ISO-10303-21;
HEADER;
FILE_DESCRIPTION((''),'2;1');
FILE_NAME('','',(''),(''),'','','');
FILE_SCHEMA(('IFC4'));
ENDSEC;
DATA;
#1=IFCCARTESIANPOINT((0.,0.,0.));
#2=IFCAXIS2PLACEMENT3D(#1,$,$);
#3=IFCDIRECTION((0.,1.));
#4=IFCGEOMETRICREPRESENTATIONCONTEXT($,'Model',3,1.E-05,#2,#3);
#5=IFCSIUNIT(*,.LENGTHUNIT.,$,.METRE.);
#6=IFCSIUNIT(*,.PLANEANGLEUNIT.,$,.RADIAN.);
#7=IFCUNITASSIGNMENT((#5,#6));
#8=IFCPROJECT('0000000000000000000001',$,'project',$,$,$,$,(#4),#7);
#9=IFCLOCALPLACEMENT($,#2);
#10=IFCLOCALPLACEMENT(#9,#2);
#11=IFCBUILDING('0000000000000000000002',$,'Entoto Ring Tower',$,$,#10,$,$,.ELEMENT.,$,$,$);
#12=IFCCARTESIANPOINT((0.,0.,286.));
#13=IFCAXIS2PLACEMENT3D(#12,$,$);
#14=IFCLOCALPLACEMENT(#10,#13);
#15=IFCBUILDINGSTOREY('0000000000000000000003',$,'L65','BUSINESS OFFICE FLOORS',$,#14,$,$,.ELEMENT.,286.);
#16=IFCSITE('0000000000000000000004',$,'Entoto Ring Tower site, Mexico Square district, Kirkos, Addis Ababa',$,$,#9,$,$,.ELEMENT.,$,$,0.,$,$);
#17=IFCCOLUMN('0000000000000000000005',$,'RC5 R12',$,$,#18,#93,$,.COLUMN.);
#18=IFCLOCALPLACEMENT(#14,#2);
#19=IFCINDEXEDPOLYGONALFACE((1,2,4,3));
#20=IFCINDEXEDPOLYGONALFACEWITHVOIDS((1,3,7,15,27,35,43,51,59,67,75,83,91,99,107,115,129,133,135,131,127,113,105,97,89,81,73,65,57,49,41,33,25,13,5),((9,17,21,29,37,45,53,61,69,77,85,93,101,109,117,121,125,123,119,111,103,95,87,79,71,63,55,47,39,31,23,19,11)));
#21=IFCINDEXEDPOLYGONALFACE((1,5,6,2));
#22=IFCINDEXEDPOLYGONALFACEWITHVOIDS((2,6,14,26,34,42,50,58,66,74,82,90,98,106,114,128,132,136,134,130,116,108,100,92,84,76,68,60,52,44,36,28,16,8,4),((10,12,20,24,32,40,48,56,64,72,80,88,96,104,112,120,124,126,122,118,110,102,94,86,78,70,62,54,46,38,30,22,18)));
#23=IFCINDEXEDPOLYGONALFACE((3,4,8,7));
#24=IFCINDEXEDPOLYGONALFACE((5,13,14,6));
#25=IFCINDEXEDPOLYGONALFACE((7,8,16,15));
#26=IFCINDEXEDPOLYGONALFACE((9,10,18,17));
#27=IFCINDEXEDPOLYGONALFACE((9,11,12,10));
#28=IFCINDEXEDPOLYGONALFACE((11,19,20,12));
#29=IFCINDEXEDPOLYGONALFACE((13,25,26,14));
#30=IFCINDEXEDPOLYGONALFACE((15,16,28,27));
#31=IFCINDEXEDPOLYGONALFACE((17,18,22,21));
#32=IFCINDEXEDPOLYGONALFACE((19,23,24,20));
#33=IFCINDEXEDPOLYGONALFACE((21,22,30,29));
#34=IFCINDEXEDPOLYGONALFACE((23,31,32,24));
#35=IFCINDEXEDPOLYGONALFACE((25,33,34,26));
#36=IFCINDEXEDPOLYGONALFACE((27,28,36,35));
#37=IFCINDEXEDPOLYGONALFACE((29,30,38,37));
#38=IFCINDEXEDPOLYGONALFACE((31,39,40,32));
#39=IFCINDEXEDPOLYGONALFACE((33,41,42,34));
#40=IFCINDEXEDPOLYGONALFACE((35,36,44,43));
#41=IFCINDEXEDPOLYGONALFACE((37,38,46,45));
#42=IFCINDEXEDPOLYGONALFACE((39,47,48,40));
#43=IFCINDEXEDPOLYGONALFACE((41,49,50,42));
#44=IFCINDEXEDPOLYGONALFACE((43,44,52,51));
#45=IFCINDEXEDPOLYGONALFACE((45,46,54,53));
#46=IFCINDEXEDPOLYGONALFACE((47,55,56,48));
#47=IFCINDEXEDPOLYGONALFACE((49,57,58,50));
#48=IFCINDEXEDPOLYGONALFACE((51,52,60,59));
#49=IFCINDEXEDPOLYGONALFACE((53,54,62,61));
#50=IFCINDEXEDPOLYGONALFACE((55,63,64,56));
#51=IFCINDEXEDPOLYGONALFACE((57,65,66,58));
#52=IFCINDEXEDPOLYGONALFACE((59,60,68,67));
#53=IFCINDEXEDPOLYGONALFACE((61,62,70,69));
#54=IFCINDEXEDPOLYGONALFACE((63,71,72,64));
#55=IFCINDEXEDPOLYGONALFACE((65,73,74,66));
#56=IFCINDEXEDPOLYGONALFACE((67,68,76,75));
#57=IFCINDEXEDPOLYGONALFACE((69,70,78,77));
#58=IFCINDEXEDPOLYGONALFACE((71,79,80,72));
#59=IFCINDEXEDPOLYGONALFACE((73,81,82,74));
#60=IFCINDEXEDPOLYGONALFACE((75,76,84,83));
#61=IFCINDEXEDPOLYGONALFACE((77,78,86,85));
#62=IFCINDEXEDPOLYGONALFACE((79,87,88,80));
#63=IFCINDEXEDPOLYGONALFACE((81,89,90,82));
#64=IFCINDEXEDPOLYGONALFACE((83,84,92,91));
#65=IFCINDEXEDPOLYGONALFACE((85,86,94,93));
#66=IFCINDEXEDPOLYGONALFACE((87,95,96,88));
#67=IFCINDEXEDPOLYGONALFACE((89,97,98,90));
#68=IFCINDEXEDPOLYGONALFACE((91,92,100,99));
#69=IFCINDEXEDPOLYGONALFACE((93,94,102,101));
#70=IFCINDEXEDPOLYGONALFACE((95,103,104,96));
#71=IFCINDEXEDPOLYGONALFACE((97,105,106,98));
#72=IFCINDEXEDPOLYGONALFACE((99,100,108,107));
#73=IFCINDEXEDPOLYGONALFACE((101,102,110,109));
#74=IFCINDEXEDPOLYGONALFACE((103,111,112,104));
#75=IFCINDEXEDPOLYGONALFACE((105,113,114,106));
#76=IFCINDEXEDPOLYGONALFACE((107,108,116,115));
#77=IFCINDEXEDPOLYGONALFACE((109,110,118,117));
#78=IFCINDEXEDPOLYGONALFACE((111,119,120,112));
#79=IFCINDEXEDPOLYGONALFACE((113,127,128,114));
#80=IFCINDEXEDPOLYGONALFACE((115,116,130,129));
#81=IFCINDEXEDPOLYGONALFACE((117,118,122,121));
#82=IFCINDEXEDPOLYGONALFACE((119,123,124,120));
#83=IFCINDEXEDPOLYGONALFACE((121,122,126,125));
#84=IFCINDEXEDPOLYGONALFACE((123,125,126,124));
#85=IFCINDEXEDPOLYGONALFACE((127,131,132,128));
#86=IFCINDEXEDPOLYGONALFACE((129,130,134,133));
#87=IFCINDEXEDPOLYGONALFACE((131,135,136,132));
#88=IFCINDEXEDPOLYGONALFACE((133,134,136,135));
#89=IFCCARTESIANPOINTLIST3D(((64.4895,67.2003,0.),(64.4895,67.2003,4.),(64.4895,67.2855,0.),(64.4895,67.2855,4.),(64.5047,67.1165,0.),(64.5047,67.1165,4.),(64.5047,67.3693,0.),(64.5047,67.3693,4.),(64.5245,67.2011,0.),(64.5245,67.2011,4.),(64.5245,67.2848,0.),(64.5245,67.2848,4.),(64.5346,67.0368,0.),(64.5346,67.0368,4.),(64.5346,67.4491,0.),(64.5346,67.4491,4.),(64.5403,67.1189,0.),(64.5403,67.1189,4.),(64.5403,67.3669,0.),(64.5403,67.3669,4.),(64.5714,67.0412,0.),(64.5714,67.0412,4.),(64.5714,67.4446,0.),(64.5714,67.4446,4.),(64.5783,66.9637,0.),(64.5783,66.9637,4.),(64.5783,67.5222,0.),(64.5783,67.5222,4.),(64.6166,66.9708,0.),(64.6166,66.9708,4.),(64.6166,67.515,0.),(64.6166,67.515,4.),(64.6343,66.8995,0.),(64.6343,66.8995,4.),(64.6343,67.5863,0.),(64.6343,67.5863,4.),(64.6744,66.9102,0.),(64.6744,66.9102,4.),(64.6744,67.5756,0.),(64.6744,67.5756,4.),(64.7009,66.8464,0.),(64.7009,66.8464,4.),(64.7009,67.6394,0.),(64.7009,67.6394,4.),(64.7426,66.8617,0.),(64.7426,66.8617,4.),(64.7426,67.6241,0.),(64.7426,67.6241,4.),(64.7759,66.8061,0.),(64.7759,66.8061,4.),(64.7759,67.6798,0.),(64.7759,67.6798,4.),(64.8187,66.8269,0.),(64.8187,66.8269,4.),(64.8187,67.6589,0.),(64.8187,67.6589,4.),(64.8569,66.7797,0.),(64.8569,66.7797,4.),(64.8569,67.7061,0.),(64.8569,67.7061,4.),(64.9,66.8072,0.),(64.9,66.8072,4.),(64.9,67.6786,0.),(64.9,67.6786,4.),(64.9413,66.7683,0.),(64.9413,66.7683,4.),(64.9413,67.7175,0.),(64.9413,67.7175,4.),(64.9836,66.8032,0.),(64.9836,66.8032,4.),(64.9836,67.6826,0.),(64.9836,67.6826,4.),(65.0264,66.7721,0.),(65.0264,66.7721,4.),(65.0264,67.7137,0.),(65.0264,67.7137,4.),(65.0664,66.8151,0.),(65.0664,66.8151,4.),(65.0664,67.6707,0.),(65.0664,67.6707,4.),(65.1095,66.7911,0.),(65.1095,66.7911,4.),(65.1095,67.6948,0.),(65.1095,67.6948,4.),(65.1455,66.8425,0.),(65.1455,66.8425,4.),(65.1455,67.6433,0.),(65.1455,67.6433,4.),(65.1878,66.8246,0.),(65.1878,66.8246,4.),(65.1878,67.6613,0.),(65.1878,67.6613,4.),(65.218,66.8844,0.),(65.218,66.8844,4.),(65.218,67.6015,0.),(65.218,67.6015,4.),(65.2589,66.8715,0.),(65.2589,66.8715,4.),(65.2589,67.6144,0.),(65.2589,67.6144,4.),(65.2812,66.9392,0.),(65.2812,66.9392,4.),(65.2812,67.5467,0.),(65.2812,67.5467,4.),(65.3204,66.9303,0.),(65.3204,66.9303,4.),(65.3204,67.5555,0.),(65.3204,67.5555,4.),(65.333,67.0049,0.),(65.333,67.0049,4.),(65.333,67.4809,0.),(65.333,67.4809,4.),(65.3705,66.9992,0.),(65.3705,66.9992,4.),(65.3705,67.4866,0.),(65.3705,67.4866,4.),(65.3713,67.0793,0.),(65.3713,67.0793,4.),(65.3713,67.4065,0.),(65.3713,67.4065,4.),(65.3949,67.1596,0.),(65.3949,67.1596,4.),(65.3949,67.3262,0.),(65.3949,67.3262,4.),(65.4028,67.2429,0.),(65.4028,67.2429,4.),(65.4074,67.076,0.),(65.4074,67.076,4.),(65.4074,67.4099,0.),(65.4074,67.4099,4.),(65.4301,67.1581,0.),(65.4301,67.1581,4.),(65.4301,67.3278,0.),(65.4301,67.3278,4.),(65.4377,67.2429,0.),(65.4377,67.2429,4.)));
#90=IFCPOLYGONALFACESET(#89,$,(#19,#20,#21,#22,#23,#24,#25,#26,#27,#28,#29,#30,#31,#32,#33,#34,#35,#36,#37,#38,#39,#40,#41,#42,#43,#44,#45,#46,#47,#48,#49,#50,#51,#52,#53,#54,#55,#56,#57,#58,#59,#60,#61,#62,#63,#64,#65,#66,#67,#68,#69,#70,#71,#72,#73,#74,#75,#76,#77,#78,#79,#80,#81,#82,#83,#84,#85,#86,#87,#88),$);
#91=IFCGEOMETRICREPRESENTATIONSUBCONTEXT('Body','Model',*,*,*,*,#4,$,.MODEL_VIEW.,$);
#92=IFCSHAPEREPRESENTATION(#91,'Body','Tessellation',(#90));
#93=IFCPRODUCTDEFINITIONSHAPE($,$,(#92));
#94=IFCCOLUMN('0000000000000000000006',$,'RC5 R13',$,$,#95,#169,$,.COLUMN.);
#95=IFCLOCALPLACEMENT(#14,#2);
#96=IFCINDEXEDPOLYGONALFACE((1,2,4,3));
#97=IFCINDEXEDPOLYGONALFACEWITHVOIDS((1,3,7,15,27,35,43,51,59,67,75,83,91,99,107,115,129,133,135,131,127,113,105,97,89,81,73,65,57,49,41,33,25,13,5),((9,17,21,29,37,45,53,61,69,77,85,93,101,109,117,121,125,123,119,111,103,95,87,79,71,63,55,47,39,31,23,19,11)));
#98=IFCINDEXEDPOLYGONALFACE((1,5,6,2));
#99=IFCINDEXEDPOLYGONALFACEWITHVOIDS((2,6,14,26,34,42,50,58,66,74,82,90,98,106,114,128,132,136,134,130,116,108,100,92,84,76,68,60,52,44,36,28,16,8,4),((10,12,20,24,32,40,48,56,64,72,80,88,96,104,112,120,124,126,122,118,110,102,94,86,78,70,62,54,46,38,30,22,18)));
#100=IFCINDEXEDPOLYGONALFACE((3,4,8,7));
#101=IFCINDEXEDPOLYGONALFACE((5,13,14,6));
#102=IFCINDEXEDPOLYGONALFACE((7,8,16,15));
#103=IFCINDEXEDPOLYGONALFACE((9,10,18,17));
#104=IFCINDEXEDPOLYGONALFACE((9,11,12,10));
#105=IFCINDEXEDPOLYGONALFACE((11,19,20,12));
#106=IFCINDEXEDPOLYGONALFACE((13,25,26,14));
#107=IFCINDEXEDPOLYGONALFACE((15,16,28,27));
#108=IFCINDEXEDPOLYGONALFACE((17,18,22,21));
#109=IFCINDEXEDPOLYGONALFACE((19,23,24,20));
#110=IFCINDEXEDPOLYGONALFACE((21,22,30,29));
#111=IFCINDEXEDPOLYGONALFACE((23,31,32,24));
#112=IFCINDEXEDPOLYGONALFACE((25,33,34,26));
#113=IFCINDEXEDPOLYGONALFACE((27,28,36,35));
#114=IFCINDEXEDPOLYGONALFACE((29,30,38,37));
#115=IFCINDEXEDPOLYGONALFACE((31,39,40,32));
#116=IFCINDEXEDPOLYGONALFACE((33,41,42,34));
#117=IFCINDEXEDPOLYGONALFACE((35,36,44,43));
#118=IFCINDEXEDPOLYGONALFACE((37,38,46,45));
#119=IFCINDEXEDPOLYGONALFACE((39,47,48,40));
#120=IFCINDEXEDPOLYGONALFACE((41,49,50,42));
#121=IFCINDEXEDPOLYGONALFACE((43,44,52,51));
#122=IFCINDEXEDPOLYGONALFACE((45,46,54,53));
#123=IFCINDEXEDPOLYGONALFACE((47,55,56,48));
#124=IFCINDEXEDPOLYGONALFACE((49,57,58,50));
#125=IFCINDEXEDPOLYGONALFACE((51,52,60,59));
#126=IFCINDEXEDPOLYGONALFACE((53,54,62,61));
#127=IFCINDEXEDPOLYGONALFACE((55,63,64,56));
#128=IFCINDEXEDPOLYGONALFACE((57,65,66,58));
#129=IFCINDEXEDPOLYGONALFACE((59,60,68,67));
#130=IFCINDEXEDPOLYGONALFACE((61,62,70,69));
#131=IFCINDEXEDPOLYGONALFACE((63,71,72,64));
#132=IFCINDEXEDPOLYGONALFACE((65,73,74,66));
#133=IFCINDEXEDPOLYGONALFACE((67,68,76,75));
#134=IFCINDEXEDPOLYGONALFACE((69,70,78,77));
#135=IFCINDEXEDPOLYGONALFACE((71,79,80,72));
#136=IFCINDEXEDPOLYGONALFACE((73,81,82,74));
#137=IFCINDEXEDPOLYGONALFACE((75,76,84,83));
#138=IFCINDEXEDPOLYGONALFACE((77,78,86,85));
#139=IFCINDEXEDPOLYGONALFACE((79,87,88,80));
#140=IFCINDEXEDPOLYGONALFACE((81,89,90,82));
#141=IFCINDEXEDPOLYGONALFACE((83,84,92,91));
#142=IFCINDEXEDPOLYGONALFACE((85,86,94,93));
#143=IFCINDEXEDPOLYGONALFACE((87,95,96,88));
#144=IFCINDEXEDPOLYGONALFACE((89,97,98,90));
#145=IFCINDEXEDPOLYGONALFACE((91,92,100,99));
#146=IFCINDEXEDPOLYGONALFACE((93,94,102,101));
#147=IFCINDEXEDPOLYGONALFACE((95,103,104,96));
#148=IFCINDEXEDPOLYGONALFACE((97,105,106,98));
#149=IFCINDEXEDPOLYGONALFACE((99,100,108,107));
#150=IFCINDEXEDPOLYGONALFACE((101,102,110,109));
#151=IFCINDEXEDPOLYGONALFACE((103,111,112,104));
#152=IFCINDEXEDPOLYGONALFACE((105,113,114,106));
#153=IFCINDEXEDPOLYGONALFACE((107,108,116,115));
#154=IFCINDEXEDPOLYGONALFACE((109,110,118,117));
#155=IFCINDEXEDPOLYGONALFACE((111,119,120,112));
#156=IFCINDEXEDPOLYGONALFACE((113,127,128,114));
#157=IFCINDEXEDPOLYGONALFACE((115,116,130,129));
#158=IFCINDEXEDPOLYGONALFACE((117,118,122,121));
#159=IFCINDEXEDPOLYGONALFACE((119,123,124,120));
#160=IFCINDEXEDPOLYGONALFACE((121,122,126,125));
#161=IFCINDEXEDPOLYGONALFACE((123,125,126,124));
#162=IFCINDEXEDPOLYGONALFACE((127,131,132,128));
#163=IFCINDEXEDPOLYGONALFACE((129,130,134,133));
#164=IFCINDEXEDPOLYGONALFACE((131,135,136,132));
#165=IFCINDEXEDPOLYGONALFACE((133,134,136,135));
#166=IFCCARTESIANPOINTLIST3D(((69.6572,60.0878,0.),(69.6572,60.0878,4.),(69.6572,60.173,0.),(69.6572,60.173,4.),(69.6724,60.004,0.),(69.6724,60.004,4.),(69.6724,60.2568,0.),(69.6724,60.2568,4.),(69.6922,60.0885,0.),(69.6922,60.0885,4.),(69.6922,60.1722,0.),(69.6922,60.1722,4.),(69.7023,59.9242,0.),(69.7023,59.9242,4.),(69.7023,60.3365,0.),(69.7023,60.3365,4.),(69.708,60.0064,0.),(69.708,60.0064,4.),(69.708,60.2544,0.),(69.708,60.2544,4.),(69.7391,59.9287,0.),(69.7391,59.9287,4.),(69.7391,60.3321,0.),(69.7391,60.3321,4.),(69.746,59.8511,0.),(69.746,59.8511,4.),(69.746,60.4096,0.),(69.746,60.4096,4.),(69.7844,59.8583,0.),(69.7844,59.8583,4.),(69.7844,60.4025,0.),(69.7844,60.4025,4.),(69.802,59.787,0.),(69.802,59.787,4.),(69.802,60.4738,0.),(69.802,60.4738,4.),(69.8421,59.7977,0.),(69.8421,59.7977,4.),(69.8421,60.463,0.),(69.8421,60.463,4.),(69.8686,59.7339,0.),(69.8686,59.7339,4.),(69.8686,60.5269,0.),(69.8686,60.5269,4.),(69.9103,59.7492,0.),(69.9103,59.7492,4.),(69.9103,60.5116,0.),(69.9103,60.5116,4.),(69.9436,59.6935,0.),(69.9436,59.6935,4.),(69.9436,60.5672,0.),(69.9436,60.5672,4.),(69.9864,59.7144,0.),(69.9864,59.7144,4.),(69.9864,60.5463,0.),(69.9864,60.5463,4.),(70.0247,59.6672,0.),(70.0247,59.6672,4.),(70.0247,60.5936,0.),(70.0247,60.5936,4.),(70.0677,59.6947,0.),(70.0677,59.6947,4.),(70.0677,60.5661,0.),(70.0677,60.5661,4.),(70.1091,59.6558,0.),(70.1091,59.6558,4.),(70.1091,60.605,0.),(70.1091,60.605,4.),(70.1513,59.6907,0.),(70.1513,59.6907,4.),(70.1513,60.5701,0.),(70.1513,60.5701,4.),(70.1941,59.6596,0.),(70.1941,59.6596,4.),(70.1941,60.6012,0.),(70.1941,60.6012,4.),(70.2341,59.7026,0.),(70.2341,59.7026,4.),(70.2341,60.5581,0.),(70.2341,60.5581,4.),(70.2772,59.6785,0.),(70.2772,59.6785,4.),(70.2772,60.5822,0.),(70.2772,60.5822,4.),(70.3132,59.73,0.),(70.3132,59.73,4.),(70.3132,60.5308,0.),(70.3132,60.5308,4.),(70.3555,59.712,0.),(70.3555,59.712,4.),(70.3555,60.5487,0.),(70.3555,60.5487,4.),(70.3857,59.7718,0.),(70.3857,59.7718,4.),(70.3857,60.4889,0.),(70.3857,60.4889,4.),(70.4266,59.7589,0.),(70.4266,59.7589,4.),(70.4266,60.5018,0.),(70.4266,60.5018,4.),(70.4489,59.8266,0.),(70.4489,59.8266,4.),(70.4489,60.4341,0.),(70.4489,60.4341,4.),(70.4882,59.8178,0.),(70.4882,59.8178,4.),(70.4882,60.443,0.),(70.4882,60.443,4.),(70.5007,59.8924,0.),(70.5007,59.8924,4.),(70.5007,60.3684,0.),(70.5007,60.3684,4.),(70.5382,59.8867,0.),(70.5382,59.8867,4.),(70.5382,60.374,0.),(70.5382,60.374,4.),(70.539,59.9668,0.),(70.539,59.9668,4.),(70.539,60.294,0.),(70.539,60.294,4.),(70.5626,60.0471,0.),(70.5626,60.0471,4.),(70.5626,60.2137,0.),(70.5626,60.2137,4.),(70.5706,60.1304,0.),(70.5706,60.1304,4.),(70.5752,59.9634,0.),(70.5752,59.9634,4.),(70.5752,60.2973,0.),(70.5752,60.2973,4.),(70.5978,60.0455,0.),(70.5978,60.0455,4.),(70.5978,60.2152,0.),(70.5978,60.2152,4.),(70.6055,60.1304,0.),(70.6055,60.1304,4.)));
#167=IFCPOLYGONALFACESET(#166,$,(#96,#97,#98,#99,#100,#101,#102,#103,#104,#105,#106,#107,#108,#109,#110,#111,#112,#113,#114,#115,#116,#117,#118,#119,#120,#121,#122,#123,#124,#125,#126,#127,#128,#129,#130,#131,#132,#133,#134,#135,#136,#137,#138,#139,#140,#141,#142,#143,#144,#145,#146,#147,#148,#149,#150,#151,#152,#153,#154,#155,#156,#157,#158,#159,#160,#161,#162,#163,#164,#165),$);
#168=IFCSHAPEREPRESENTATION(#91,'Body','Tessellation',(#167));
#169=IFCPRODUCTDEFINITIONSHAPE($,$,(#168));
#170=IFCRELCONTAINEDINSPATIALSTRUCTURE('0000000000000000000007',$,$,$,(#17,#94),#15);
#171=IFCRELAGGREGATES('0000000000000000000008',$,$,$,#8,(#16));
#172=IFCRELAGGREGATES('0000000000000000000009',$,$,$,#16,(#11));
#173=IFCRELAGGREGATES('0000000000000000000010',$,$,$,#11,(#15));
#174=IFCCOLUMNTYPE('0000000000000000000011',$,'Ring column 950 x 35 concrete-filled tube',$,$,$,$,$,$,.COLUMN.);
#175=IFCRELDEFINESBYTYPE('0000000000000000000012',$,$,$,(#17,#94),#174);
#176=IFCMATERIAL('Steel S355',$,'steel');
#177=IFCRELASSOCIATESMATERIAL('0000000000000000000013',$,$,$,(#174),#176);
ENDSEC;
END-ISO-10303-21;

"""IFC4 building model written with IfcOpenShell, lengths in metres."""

from ifc_helpers import new_model, si_unit, direction, frame, origin, origin_2d, place, context, subcontext, project, spatial, circle, hollow_circle, extrude, material, material_profile, profile_set, type_object, element, save


model = new_model("IFC4")

# Units and contexts
model_context = context("Model", 3, precision=1e-05, world=origin(), true_north=direction((0.0, 1.0)))
body_context = subcontext(model_context, "Body", "Model", "MODEL_VIEW")
ifc_project = project(units=[si_unit("LENGTHUNIT", "METRE"), si_unit("PLANEANGLEUNIT", "RADIAN")], contexts=[model_context])

# Site, building, storey
site_placement = place(None, origin())
site = spatial("IfcSite", under=ifc_project, at=site_placement, Name="Entoto Ring Tower site, Mexico Square district, Kirkos, Addis Ababa", CompositionType="ELEMENT", RefElevation=0.0)
building_placement = place(site_placement, origin())
building = spatial("IfcBuilding", under=site, at=building_placement, Name="Entoto Ring Tower", CompositionType="ELEMENT")
storey_placement = place(building_placement, frame((0.0, 0.0, 286.0)))
storey = spatial("IfcBuildingStorey", under=building, at=storey_placement, Name="L65", Description="BUSINESS OFFICE FLOORS", CompositionType="ELEMENT", Elevation=286.0)

# Columns
ifc_material_1 = material(Name="Steel S355", Category="steel")
ifc_material_profile_1 = material_profile(ifc_material_1, hollow_circle(Radius=0.4751, WallThickness=0.0349, at=origin_2d()), Name="CHS 950 x 35")
ifc_material_2 = material(Name="Concrete C60/75", Category="concrete")
ifc_material_profile_2 = material_profile(ifc_material_2, circle(Radius=0.4399, at=origin_2d()), Name="Concrete C60/75 infill")
ifc_profile_set_1 = profile_set([ifc_material_profile_1, ifc_material_profile_2], Name="Steel S355")
column_type = type_object("IfcColumnType", Name="Ring column 950 x 35 concrete-filled tube", PredefinedType="COLUMN", material=ifc_profile_set_1)
for number, where, z_axis, x_axis, name in (
    (1, (64.9626, 67.2429, 0.0), (0.0, 0.0, 1.0), (1.0, 0.0, 0.0), "RC5 R12"),
    (2, (70.1304, 60.1304, 0.0), (0.0, 0.0, 1.0), (1.0, 0.0, 0.0), "RC5 R13"),
):
    element("IfcColumn", number, at=place(storey_placement, frame(where, z_axis=z_axis, x_axis=x_axis)), inside=storey, type_object=column_type, Name=name, PredefinedType="COLUMN", context=body_context, shape_type="SweptSolid", body=[
        extrude(hollow_circle(Radius=0.4751, WallThickness=0.0349, at=origin_2d()), origin(), (0.0, 0.0, 1.0), 4.0),
    ])

save(model, "model.ifc")
